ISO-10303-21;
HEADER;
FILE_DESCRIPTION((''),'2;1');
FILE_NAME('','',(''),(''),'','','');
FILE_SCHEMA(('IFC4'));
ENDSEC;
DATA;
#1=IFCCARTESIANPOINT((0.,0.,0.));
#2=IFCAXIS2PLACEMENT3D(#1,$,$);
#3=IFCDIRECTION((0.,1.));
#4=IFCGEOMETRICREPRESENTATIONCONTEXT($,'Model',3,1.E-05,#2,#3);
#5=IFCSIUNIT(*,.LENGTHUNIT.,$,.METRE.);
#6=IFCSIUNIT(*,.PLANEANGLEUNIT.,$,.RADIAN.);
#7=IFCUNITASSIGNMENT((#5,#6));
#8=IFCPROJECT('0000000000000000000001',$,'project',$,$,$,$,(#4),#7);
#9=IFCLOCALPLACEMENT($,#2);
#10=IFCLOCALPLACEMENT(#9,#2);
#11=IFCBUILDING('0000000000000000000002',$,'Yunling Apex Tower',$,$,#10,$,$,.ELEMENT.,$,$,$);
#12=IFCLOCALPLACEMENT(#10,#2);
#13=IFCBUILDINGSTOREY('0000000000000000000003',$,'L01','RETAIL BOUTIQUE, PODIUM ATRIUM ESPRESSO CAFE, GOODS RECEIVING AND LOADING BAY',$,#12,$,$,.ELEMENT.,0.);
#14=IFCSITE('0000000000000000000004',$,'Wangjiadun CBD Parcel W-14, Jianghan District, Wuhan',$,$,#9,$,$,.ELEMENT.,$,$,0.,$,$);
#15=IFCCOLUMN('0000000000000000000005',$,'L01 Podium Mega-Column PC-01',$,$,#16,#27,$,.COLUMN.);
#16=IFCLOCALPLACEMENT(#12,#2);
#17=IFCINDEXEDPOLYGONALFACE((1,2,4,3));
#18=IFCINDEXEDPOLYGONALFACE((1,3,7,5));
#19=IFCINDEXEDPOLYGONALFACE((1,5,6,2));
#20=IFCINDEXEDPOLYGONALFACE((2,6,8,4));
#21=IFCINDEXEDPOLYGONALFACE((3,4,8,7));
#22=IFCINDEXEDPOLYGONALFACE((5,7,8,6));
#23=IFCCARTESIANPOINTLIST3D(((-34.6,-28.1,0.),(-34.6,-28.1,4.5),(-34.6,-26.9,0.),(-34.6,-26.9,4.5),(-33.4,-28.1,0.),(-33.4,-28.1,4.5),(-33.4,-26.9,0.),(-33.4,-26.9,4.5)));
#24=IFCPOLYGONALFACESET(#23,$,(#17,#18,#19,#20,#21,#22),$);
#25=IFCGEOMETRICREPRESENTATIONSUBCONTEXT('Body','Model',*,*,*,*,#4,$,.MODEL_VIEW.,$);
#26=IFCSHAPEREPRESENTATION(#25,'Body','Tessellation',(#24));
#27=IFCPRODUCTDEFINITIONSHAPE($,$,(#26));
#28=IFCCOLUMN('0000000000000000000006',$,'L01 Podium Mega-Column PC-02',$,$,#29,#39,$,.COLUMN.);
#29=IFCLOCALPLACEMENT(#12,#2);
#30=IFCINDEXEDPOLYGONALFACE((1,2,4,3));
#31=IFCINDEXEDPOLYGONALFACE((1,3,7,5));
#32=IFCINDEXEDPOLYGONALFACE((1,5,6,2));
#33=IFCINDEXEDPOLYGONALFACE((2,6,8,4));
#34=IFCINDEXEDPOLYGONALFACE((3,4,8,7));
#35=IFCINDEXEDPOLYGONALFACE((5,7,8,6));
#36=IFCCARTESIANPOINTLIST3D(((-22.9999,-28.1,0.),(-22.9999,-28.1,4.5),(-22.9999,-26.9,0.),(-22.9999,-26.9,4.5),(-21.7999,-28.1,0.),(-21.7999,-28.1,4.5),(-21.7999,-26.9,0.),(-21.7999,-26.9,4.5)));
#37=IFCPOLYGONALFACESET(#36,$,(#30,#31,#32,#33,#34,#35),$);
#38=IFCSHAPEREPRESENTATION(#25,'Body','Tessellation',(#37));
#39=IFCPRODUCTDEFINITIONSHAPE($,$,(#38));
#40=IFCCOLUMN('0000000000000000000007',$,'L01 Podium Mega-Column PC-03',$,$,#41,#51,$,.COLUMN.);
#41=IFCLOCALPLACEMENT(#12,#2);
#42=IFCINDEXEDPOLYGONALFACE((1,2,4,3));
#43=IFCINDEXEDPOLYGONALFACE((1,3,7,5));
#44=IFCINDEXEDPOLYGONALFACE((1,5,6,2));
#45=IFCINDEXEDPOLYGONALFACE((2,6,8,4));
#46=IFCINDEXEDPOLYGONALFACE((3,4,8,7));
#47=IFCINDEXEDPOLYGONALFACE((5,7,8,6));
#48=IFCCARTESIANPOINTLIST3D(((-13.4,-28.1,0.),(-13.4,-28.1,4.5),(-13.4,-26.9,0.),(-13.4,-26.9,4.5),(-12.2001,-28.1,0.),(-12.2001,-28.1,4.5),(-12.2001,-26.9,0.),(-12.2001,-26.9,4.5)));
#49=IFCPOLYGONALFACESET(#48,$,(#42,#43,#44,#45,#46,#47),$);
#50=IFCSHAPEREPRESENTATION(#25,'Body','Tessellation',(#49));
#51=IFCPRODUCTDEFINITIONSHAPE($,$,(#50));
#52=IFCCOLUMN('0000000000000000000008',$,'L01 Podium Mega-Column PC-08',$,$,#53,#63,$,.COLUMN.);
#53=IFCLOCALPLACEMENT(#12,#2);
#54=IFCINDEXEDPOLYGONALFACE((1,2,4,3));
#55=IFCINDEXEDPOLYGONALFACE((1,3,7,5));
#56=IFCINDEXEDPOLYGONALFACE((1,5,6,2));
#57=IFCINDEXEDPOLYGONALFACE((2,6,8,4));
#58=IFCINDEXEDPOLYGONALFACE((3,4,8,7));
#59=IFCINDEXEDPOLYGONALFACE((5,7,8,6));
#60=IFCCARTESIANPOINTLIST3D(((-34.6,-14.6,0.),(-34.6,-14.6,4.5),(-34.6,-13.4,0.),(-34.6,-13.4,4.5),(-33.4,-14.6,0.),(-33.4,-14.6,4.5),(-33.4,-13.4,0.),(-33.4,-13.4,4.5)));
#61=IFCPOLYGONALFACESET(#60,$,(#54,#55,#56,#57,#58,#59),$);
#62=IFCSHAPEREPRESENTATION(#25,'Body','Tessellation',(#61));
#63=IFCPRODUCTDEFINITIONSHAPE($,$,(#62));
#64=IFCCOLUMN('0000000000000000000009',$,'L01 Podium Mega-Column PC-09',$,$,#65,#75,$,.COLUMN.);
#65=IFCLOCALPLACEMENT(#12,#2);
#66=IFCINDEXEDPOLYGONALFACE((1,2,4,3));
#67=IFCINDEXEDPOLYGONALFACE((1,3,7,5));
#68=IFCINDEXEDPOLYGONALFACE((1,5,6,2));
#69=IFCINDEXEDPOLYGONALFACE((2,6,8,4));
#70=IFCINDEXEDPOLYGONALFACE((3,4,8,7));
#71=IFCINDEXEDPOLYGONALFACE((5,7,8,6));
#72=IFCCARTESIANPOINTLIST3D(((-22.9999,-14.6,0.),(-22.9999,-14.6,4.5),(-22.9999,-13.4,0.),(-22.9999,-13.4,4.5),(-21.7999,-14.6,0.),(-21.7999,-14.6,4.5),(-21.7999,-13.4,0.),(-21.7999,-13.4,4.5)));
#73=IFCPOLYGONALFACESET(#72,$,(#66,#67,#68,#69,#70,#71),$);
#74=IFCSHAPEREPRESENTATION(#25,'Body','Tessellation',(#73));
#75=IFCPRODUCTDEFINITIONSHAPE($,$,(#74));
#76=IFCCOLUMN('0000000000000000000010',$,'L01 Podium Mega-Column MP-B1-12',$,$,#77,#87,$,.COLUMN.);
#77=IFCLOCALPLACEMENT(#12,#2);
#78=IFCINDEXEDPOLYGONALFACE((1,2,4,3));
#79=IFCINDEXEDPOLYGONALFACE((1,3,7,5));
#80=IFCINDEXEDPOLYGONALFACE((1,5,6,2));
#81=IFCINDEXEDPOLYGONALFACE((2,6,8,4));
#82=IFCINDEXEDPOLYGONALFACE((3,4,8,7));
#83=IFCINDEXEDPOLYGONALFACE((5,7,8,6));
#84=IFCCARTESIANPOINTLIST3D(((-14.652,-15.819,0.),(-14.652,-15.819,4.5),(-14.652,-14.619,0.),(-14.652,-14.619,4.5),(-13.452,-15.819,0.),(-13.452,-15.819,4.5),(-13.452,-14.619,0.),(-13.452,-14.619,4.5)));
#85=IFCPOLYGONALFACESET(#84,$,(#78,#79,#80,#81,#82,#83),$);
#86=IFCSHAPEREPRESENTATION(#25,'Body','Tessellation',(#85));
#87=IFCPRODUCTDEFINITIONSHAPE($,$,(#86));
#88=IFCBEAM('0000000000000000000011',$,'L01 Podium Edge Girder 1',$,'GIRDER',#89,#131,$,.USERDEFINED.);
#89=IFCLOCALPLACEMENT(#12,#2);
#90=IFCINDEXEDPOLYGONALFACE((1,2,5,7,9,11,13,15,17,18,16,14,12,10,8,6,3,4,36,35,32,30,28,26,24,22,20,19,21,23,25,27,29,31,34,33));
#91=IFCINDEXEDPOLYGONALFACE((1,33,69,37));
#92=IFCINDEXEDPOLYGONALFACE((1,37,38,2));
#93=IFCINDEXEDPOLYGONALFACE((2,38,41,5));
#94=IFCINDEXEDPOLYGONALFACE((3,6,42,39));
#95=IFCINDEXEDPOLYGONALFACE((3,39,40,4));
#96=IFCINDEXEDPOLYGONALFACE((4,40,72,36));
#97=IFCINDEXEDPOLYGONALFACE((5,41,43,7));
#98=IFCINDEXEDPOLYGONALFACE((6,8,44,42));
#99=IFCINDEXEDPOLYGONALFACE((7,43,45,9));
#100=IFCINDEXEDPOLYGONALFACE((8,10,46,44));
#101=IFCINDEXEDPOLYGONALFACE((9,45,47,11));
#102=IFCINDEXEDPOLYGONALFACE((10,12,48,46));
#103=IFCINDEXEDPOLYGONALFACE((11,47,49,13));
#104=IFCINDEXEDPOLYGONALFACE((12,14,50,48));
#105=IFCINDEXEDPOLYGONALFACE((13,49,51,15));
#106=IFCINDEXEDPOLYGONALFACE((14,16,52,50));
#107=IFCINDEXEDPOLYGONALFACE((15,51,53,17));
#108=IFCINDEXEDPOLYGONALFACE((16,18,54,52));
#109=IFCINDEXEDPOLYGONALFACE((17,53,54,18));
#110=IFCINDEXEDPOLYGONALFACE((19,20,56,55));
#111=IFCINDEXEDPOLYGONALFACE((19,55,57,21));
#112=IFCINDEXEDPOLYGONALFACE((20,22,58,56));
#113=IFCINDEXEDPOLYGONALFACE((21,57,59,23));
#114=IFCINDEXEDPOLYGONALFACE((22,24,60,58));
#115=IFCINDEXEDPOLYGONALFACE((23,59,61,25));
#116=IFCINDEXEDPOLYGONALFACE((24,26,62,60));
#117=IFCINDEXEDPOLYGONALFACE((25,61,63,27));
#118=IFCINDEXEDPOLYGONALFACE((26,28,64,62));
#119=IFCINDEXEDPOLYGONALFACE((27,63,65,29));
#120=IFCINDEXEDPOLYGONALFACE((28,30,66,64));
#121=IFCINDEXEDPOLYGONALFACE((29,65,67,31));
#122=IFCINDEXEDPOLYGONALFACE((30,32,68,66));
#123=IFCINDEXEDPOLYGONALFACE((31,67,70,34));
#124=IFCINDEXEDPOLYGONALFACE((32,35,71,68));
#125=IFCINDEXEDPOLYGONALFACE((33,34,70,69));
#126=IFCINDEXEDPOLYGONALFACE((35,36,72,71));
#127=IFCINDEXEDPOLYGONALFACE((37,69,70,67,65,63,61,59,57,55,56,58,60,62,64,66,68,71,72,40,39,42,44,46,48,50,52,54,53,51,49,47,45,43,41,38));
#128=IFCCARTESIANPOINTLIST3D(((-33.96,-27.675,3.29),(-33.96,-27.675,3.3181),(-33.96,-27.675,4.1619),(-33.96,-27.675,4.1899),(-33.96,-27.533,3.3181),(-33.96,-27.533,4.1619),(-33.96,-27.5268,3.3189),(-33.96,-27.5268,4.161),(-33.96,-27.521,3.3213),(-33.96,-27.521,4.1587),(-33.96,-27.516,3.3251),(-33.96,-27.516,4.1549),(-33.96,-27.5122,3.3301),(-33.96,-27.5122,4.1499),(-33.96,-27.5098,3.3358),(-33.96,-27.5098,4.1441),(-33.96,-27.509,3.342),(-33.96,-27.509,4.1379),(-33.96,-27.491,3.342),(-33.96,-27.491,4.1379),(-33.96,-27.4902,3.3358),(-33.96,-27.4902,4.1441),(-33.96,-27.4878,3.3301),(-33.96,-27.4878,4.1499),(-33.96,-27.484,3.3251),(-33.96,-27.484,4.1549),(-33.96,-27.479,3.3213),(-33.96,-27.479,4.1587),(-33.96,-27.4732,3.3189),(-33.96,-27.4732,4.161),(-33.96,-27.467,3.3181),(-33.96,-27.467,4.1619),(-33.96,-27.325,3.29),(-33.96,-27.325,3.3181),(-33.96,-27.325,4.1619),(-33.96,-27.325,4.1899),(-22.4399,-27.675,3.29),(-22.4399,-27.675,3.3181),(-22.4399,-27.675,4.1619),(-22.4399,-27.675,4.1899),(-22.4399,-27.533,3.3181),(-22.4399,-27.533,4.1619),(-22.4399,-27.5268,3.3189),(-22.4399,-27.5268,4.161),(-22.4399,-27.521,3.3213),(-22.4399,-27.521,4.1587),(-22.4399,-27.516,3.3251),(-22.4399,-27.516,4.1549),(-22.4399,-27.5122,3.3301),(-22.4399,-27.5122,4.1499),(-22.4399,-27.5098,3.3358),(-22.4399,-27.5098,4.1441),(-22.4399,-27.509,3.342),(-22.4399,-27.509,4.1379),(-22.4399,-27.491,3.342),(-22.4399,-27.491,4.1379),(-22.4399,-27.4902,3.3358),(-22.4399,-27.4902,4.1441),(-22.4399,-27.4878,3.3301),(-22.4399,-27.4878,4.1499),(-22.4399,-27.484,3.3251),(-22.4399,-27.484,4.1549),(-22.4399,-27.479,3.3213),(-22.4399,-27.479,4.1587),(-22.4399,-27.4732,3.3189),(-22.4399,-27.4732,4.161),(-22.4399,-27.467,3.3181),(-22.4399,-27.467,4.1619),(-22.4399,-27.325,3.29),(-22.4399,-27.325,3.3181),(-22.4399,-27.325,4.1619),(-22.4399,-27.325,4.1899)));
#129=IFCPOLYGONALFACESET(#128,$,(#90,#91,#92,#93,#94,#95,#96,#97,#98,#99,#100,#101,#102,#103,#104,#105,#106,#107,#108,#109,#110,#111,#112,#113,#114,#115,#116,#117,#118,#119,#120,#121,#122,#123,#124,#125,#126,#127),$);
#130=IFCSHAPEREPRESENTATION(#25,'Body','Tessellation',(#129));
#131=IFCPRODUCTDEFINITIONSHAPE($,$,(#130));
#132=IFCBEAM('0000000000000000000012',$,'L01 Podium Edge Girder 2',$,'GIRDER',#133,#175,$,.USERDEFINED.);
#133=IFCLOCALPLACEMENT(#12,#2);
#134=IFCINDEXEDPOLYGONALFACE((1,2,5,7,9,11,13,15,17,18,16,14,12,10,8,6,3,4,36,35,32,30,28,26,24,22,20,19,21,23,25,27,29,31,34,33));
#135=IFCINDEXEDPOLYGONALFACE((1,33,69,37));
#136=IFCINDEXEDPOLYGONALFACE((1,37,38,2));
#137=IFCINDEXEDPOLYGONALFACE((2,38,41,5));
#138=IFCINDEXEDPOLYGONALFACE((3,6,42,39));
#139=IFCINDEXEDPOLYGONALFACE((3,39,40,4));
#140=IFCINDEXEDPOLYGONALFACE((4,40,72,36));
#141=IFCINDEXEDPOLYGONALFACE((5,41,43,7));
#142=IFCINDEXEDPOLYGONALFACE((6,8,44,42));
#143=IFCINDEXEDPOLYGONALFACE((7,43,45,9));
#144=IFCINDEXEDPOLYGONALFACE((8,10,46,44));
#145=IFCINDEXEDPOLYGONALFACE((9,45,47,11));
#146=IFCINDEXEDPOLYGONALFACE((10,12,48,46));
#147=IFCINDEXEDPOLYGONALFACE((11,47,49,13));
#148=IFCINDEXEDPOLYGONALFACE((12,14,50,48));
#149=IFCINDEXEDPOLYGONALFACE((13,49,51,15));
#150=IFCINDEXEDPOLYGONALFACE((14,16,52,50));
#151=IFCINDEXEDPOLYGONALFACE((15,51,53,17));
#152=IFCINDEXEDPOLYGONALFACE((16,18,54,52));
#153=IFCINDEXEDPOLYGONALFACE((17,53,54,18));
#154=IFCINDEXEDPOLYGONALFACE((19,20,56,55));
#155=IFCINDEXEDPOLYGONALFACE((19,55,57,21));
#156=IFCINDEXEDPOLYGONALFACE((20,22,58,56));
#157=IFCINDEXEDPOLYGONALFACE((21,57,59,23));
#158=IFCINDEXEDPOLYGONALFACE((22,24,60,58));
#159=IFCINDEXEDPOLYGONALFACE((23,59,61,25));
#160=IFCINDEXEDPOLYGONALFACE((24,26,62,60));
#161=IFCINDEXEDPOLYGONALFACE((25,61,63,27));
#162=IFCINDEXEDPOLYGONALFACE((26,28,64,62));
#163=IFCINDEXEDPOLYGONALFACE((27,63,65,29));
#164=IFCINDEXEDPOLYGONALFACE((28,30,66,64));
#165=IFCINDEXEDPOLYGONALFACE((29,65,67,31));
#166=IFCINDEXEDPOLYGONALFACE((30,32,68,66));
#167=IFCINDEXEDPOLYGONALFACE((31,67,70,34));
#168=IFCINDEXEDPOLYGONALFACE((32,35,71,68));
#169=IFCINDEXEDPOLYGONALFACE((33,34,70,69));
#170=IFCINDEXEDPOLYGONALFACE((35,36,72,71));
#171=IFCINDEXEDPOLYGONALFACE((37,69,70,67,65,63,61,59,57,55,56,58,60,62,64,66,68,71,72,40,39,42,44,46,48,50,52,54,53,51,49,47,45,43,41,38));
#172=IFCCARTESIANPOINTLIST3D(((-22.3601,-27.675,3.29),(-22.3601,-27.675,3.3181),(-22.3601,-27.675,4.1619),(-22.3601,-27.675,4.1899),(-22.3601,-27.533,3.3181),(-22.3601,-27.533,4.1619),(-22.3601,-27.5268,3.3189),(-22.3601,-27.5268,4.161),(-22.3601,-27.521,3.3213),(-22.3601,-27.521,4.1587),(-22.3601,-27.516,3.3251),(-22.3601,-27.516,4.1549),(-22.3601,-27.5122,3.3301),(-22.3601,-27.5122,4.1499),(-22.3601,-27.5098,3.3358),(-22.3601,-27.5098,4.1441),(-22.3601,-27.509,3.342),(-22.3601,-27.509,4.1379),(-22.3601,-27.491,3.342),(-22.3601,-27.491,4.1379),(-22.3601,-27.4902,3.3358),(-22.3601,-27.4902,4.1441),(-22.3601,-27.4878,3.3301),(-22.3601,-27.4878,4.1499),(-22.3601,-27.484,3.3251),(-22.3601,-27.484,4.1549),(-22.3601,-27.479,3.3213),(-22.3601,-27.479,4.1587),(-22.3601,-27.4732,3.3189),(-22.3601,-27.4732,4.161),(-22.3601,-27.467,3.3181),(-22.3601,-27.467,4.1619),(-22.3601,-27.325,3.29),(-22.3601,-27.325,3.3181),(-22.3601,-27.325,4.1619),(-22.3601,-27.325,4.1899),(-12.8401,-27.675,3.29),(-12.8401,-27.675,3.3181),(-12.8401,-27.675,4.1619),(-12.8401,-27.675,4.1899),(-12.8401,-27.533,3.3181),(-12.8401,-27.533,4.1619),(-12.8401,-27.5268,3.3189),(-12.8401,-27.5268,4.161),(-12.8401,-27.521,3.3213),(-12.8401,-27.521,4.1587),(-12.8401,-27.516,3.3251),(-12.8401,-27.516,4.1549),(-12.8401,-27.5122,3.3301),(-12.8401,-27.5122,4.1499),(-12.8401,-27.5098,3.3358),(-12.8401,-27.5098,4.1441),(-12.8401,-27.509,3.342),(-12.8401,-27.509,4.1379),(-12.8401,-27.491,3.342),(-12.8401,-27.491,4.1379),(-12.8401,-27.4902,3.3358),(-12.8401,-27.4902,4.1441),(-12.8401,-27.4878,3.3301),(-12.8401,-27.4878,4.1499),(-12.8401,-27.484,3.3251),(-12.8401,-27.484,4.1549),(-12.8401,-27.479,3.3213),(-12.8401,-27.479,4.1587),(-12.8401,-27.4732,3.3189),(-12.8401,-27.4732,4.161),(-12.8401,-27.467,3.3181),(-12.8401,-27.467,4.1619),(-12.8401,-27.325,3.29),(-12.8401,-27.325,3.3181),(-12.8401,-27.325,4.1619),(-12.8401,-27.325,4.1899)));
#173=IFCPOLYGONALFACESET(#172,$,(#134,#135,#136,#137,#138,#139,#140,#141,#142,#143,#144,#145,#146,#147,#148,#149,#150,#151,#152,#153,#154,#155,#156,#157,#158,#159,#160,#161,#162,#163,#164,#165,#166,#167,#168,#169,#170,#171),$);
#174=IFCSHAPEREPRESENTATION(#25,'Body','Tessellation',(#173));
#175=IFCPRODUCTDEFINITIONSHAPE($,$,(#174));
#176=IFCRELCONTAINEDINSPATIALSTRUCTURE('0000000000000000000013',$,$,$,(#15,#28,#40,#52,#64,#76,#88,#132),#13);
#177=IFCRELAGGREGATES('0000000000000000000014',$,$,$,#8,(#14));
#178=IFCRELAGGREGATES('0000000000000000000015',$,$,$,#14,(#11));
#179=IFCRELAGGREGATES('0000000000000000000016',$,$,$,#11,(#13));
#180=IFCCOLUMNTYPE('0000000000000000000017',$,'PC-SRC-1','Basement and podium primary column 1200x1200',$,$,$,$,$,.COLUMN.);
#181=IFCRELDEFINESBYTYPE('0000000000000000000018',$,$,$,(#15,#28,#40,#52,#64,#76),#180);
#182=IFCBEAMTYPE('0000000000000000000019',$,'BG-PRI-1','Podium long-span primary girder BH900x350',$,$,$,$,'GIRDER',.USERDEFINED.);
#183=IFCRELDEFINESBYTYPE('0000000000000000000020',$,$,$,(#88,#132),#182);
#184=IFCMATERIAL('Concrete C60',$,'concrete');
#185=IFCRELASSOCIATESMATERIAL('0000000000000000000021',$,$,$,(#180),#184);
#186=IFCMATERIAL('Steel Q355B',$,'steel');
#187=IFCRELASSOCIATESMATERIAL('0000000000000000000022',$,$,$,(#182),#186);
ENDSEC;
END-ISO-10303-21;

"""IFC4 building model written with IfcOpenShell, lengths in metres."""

from ifc_helpers import new_model, si_unit, direction, frame, origin, origin_2d, place, context, subcontext, project, spatial, rectangle, i_section, extrude, source, transform, mapped, material, material_profile, profile_set, type_object, element, save


model = new_model("IFC4")

# Units and contexts
model_context = context("Model", 3, precision=1e-05, world=origin(), true_north=direction((0.0, 1.0)))
body_context = subcontext(model_context, "Body", "Model", "MODEL_VIEW")
ifc_project = project(units=[si_unit("LENGTHUNIT", "METRE"), si_unit("PLANEANGLEUNIT", "RADIAN")], contexts=[model_context])

# Site, building, storey
site_placement = place(None, origin())
site = spatial("IfcSite", under=ifc_project, at=site_placement, Name="Wangjiadun CBD Parcel W-14, Jianghan District, Wuhan", CompositionType="ELEMENT", RefElevation=0.0)
building_placement = place(site_placement, origin())
building = spatial("IfcBuilding", under=site, at=building_placement, Name="Yunling Apex Tower", CompositionType="ELEMENT")
storey_placement = place(building_placement, origin())
storey = spatial("IfcBuildingStorey", under=building, at=storey_placement, Name="L01", Description="RETAIL BOUTIQUE, PODIUM ATRIUM ESPRESSO CAFE, GOODS RECEIVING AND LOADING BAY", CompositionType="ELEMENT", Elevation=0.0)

# Columns
ifc_material_1 = material(Name="Concrete C60", Category="concrete")
ifc_material_profile_1 = material_profile(ifc_material_1, rectangle(XDim=1.2, YDim=1.2, at=origin_2d()))
ifc_profile_set_1 = profile_set([ifc_material_profile_1], Name="Concrete C60")
column_type = type_object("IfcColumnType", Name="PC-SRC-1", Description="Basement and podium primary column 1200x1200", PredefinedType="COLUMN", material=ifc_profile_set_1)
shared_shape_1 = source(origin(), body_context, "Body", "SweptSolid", [
    extrude(rectangle(XDim=1.2, YDim=1.2, at=origin_2d()), origin(), (0.0, 0.0, 1.0), 4.5),
])
for number, where, z_axis, x_axis, name in (
    (1, (-34.0, -27.5, 0.0), (0.0, 0.0, 1.0), (1.0, 0.0, 0.0), "L01 Podium Mega-Column PC-01"),
    (2, (-22.3999, -27.5, 0.0), (0.0, 0.0, 1.0), (1.0, 0.0, 0.0), "L01 Podium Mega-Column PC-02"),
    (3, (-12.8, -27.5, 0.0), (0.0, 0.0, 1.0), (1.0, 0.0, 0.0), "L01 Podium Mega-Column PC-03"),
    (4, (-34.0, -14.0, 0.0), (0.0, 0.0, 1.0), (1.0, 0.0, 0.0), "L01 Podium Mega-Column PC-08"),
    (5, (-22.3999, -14.0, 0.0), (0.0, 0.0, 1.0), (1.0, 0.0, 0.0), "L01 Podium Mega-Column PC-09"),
    (6, (-14.052, -15.219, 0.0), (0.0, 0.0, 1.0), (1.0, 0.0, 0.0), "L01 Podium Mega-Column MP-B1-12"),
):
    element("IfcColumn", number, at=place(storey_placement, frame(where, z_axis=z_axis, x_axis=x_axis)), inside=storey, type_object=column_type, Name=name, PredefinedType="COLUMN", context=body_context, shape_type="MappedRepresentation", body=[
        mapped(shared_shape_1, transform((0.0, 0.0, 0.0), scale=1.0)),
    ])

# Beams
ifc_material_2 = material(Name="Steel Q355B", Category="steel")
ifc_material_profile_2 = material_profile(ifc_material_2, i_section(OverallWidth=0.3501, OverallDepth=0.8999, WebThickness=0.0181, FlangeThickness=0.0281, FilletRadius=0.0239, at=origin_2d()))
ifc_profile_set_2 = profile_set([ifc_material_profile_2], Name="Steel Q355B")
beam_type_1 = type_object("IfcBeamType", Name="BG-PRI-1", Description="Podium long-span primary girder BH900x350", ElementType="GIRDER", PredefinedType="USERDEFINED", material=ifc_profile_set_2)
shared_shape_2 = source(origin(), body_context, "Body", "SweptSolid", [
    extrude(i_section(OverallWidth=0.3501, OverallDepth=0.8999, WebThickness=0.0181, FlangeThickness=0.0281, FilletRadius=0.0239, at=origin_2d()), origin(), (0.0, 0.0, 1.0), 11.52),
])
beam_1_placement = place(storey_placement, frame((-33.96, -27.5, 3.74), z_axis=(1.0, 0.0, 0.0), x_axis=(0.0, 1.0, 0.0)))
element("IfcBeam", 7, at=beam_1_placement, inside=storey, type_object=beam_type_1, Name="L01 Podium Edge Girder 1", ObjectType="GIRDER", PredefinedType="USERDEFINED", context=body_context, shape_type="MappedRepresentation", body=[
    mapped(shared_shape_2, transform((0.0, 0.0, 0.0), scale=1.0)),
])
shared_shape_3 = source(origin(), body_context, "Body", "SweptSolid", [
    extrude(i_section(OverallWidth=0.3501, OverallDepth=0.8999, WebThickness=0.0181, FlangeThickness=0.0281, FilletRadius=0.0239, at=origin_2d()), origin(), (0.0, 0.0, 1.0), 9.52),
])
beam_2_placement = place(storey_placement, frame((-22.3601, -27.5, 3.74), z_axis=(1.0, 0.0, 0.0), x_axis=(0.0, 1.0, 0.0)))
element("IfcBeam", 8, at=beam_2_placement, inside=storey, type_object=beam_type_1, Name="L01 Podium Edge Girder 2", ObjectType="GIRDER", PredefinedType="USERDEFINED", context=body_context, shape_type="MappedRepresentation", body=[
    mapped(shared_shape_3, transform((0.0, 0.0, 0.0), scale=1.0)),
])

save(model, "model.ifc")
